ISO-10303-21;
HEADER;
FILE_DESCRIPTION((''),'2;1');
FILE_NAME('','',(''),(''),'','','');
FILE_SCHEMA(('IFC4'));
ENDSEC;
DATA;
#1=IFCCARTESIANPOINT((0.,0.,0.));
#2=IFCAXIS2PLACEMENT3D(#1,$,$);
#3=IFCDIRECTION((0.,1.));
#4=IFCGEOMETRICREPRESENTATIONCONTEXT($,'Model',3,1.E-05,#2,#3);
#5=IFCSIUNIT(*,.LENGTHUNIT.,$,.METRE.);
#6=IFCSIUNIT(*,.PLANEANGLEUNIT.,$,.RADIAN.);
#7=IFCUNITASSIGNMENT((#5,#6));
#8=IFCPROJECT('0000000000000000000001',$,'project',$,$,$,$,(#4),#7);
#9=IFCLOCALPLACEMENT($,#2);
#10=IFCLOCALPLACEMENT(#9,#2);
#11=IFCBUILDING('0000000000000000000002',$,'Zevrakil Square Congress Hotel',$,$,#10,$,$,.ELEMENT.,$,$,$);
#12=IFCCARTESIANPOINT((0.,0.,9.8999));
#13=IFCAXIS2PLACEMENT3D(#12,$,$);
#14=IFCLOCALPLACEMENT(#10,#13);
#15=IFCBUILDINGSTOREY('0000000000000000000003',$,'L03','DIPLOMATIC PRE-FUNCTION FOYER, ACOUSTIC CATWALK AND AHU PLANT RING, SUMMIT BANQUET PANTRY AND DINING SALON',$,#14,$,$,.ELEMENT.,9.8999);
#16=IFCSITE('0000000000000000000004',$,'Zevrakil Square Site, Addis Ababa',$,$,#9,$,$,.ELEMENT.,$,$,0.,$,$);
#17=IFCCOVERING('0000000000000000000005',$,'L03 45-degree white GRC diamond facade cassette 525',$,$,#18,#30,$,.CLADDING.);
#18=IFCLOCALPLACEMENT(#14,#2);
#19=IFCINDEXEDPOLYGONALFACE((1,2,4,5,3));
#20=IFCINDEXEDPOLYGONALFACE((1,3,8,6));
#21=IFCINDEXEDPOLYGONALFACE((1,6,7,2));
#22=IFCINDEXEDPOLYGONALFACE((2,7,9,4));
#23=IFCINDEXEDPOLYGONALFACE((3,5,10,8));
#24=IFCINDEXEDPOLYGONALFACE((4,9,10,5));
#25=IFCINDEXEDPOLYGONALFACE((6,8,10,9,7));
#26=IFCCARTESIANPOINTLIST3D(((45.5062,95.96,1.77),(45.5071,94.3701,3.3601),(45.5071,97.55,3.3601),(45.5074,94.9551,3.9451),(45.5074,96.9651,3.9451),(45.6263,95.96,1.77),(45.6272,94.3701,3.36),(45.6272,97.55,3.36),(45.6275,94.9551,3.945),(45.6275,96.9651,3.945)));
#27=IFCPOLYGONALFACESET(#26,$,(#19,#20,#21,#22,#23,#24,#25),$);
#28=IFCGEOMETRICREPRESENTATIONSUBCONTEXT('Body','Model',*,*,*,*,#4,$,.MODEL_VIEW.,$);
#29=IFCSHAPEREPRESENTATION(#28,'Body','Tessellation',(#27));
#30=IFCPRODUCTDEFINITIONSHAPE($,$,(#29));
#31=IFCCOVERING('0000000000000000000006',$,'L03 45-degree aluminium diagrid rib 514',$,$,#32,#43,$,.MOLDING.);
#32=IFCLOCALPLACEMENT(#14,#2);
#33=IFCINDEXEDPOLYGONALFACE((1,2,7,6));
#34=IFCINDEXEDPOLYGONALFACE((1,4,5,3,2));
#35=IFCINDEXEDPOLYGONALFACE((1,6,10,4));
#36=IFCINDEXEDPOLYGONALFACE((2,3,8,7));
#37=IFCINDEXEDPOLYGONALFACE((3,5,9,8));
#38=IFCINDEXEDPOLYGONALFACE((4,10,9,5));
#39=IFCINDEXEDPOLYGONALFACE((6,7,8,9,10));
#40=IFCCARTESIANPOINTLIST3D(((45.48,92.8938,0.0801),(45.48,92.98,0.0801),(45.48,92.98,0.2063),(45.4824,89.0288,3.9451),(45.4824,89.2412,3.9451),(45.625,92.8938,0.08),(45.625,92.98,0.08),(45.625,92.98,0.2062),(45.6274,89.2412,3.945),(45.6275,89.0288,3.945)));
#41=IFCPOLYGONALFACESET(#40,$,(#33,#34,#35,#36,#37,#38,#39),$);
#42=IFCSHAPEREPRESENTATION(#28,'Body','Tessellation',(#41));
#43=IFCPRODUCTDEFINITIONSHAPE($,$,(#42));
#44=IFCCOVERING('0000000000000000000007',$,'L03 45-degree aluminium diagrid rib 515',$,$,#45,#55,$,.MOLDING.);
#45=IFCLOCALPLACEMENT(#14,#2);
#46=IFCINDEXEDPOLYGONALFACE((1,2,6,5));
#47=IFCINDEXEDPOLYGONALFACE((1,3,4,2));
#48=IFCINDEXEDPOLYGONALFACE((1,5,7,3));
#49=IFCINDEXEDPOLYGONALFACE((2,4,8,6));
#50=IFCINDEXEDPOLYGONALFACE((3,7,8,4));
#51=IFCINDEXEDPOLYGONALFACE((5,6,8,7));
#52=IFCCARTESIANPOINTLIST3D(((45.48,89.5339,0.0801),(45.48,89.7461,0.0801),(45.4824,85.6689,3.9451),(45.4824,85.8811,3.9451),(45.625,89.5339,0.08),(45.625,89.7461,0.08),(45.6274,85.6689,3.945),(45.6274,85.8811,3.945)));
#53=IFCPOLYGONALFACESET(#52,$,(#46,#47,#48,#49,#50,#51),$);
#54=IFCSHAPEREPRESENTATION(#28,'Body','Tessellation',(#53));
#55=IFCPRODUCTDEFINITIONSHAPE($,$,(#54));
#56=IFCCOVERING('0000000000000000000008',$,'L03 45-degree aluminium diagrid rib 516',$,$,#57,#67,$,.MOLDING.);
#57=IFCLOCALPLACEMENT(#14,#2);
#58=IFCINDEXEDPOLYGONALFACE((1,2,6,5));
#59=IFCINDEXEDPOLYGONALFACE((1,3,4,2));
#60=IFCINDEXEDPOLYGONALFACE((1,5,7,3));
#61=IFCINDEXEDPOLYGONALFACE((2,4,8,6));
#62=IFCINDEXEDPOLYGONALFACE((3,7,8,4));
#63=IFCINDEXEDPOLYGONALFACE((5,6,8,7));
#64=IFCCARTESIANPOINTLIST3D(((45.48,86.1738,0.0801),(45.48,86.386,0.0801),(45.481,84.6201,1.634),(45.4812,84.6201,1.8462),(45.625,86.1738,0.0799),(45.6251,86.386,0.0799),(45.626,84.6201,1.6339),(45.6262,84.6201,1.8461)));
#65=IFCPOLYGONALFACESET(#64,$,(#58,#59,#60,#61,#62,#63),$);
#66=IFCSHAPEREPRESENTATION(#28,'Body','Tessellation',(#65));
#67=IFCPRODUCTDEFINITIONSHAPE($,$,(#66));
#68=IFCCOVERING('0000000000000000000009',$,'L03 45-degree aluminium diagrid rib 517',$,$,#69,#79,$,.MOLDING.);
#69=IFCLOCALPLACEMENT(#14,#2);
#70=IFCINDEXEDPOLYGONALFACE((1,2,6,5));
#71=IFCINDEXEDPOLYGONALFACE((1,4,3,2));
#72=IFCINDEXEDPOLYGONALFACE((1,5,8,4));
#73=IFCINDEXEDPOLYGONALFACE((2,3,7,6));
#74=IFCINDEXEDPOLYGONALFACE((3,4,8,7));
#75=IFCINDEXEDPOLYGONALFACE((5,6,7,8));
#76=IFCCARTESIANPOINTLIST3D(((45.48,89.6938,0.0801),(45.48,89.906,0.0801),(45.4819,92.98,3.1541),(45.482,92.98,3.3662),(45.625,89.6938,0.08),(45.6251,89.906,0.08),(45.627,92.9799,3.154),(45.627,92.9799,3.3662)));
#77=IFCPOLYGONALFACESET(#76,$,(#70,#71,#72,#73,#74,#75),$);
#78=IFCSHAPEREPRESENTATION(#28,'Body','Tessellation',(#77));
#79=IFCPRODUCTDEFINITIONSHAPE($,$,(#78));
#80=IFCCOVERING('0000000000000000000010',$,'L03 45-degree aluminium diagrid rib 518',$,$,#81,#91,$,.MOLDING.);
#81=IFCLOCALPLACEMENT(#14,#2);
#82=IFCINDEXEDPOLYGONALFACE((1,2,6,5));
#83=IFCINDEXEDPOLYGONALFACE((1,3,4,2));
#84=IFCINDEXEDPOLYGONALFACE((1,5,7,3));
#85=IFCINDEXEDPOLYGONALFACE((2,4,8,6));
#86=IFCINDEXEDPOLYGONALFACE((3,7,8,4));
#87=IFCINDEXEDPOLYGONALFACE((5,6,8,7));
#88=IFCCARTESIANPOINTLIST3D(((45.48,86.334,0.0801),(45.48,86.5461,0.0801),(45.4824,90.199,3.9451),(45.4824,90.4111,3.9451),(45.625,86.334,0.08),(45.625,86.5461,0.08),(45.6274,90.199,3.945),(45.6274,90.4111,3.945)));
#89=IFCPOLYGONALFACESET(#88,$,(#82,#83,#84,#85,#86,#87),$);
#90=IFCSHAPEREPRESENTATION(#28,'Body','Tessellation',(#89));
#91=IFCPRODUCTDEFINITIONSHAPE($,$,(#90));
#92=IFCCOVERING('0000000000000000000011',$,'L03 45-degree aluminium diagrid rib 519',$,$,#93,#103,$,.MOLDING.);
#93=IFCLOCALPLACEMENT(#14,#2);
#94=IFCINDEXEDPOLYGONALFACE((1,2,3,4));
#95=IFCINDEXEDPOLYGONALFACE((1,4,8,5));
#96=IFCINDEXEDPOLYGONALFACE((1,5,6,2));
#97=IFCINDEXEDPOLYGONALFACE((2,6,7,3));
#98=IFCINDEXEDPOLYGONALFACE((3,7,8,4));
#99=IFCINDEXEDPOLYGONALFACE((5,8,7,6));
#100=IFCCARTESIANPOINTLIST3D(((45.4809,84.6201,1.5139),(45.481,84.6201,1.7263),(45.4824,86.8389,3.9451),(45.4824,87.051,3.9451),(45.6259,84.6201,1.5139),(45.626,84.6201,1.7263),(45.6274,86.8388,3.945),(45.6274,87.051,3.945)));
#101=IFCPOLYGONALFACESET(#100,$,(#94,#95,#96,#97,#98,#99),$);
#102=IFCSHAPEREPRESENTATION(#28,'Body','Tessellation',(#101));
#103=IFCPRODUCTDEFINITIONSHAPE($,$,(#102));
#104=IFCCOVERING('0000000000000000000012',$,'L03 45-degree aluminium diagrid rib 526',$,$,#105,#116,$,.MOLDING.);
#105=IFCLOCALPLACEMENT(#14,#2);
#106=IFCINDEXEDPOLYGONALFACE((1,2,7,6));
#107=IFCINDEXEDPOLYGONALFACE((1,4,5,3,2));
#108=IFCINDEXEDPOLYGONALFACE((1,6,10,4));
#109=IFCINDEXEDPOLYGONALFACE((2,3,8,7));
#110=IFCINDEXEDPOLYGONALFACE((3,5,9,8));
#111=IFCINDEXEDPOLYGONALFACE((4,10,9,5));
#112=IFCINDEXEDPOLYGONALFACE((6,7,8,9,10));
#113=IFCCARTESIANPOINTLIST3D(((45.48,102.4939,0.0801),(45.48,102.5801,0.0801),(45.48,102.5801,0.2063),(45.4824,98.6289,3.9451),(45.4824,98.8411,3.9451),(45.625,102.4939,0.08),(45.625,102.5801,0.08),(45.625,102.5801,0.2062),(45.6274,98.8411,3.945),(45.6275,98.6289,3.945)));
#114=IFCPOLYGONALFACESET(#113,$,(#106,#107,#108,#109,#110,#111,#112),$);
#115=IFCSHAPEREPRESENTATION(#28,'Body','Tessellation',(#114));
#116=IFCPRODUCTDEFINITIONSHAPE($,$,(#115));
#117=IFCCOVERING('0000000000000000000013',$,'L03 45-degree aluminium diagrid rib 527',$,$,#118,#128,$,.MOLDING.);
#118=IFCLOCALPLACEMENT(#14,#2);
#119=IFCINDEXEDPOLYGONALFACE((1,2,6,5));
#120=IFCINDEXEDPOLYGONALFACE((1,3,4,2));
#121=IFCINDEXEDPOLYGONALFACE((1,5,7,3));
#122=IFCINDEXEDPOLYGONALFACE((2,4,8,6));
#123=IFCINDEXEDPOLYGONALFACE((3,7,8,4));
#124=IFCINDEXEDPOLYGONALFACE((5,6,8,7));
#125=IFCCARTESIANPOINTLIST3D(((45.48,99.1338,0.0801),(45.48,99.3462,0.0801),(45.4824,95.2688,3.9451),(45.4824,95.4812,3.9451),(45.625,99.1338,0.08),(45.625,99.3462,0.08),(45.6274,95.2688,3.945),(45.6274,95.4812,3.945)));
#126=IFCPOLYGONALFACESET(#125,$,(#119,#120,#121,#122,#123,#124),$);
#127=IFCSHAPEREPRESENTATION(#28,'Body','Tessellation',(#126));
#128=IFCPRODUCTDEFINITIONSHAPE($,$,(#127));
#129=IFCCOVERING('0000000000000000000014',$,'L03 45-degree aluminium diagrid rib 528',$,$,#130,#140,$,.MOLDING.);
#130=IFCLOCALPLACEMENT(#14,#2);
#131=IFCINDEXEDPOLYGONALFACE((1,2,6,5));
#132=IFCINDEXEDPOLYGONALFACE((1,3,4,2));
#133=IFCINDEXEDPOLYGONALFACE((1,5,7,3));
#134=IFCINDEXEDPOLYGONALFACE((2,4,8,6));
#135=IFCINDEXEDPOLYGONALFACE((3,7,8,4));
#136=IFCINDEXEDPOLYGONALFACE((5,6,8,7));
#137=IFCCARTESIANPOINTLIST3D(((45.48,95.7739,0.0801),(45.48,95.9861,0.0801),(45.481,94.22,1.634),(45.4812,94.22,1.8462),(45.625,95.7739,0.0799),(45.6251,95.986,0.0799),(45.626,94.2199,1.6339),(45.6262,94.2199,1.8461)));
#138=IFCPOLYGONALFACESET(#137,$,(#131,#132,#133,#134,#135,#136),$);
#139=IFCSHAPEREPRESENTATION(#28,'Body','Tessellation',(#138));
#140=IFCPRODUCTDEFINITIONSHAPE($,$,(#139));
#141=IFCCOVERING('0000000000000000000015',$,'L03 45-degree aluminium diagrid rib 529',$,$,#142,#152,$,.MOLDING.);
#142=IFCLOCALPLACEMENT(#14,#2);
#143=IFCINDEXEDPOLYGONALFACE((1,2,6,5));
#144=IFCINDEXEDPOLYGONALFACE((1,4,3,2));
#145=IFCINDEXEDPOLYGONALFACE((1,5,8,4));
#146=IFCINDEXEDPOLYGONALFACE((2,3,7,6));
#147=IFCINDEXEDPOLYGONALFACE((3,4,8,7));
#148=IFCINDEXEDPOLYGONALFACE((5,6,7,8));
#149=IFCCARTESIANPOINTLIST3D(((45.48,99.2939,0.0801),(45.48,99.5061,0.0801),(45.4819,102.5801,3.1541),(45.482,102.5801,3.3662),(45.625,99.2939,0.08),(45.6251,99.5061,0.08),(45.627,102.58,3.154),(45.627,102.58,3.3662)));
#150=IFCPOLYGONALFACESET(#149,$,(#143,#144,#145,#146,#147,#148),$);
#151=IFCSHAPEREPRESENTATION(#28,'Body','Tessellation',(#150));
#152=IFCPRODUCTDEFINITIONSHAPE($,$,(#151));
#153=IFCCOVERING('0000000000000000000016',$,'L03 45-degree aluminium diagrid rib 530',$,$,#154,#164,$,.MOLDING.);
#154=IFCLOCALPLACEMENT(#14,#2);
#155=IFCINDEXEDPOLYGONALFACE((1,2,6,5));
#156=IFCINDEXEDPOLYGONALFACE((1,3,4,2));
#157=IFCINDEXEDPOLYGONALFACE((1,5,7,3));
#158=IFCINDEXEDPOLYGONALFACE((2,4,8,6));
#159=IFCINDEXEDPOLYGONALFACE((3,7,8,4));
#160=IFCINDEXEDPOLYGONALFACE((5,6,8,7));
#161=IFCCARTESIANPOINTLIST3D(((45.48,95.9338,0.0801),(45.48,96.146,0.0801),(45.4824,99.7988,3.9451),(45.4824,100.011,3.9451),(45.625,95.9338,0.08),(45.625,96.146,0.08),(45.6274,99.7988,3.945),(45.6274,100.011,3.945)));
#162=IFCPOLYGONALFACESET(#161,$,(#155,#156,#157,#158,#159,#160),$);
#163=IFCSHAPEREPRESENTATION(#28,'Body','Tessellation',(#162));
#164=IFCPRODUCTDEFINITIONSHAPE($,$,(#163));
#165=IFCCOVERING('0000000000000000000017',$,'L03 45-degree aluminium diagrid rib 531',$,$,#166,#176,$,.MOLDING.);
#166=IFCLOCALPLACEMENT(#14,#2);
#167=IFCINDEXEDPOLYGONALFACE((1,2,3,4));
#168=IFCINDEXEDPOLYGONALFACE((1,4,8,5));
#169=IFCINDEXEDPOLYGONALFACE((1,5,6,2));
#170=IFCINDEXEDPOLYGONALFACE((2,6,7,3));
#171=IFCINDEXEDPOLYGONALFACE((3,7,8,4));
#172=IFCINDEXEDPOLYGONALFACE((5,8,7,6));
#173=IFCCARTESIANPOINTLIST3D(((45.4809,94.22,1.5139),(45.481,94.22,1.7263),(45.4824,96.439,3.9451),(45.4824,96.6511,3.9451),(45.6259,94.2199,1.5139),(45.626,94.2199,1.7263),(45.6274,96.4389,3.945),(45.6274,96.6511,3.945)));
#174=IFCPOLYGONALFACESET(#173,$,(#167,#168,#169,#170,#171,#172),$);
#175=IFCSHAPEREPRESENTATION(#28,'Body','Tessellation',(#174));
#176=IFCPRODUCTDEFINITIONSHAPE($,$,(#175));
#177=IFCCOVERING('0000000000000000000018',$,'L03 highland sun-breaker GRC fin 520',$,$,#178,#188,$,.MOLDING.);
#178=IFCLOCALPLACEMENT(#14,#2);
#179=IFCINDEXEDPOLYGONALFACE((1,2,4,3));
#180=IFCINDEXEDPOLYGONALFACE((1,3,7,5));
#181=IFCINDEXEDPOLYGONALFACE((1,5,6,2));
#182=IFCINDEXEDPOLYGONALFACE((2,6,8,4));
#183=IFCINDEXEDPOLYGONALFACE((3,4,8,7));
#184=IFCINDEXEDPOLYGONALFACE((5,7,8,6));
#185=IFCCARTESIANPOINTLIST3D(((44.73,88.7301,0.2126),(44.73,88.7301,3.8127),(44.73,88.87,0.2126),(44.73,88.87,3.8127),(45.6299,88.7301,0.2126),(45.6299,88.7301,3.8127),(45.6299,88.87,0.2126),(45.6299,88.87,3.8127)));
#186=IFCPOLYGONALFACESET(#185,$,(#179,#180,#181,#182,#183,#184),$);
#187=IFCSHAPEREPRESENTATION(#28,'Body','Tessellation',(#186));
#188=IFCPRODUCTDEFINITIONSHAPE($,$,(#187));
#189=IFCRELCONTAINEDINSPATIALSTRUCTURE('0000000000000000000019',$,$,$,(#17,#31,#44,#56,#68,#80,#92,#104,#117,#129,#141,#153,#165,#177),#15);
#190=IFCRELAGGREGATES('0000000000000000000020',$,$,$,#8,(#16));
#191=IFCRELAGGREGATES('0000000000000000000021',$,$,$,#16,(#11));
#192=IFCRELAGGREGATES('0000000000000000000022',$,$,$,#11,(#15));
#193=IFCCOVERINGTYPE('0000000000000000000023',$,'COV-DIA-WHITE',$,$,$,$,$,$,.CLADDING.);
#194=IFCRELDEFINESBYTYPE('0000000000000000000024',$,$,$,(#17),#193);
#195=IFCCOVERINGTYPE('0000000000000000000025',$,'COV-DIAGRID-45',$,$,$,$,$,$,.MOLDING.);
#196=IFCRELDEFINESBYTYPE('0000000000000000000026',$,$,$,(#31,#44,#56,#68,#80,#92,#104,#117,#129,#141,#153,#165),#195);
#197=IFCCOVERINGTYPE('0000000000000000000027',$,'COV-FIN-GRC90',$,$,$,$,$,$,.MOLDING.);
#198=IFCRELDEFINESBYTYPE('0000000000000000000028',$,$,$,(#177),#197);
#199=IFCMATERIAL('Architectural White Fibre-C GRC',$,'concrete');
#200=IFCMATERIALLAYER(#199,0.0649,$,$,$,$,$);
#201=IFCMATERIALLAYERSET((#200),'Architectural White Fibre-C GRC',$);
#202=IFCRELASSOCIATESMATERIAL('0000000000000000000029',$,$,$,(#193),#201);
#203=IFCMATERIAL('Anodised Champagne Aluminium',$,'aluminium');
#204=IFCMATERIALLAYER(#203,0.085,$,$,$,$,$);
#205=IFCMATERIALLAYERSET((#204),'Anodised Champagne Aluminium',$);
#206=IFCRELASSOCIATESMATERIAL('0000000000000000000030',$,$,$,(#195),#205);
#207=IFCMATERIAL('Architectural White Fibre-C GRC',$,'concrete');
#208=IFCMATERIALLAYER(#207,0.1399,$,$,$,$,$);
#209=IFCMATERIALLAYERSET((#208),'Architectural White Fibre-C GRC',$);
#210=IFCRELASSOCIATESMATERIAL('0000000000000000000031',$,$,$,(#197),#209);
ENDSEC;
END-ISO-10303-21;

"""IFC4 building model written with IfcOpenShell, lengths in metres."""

from ifc_helpers import new_model, si_unit, direction, frame, origin, origin_2d, place, context, subcontext, project, spatial, polyline, rectangle, outline, extrude, material, layer, layer_set, type_object, element, save


model = new_model("IFC4")

# Units and contexts
model_context = context("Model", 3, precision=1e-05, world=origin(), true_north=direction((0.0, 1.0)))
body_context = subcontext(model_context, "Body", "Model", "MODEL_VIEW")
ifc_project = project(units=[si_unit("LENGTHUNIT", "METRE"), si_unit("PLANEANGLEUNIT", "RADIAN")], contexts=[model_context])

# Site, building, storey
site_placement = place(None, origin())
site = spatial("IfcSite", under=ifc_project, at=site_placement, Name="Zevrakil Square Site, Addis Ababa", CompositionType="ELEMENT", RefElevation=0.0)
building_placement = place(site_placement, origin())
building = spatial("IfcBuilding", under=site, at=building_placement, Name="Zevrakil Square Congress Hotel", CompositionType="ELEMENT")
storey_placement = place(building_placement, frame((0.0, 0.0, 9.8999)))
storey = spatial("IfcBuildingStorey", under=building, at=storey_placement, Name="L03", Description="DIPLOMATIC PRE-FUNCTION FOYER, ACOUSTIC CATWALK AND AHU PLANT RING, SUMMIT BANQUET PANTRY AND DINING SALON", CompositionType="ELEMENT", Elevation=9.8999)

# Coverings
ifc_material_1 = material(Name="Architectural White Fibre-C GRC", Category="concrete")
ifc_layer_1 = layer(ifc_material_1, 0.0649)
ifc_layer_set_1 = layer_set([ifc_layer_1], Name="Architectural White Fibre-C GRC")
covering_type_1 = type_object("IfcCoveringType", Name="COV-DIA-WHITE", PredefinedType="CLADDING", material=ifc_layer_set_1)
covering_1_placement = place(storey_placement, frame((45.5071, 94.3701, 3.3601), z_axis=(-1.0, 0.0, 0.00054), x_axis=(-0.000382, 0.707052, -0.707161)))
element("IfcCovering", 1, at=covering_1_placement, inside=storey, type_object=covering_type_1, Name="L03 45-degree white GRC diamond facade cassette 525", PredefinedType="CLADDING", context=body_context, shape_type="SweptSolid", body=[
    extrude(outline(polyline([(0.0, 0.0), (2.2486, 0.0), (2.2484, -2.2487), (1.4211, -2.2487), (-0.0001, -0.8273), (0.0, 0.0)])), origin(), (0.0, 0.0, -1.0), 0.1201),
])
ifc_material_2 = material(Name="Anodised Champagne Aluminium", Category="aluminium")
ifc_layer_2 = layer(ifc_material_2, 0.085)
ifc_layer_set_2 = layer_set([ifc_layer_2], Name="Anodised Champagne Aluminium")
covering_type_2 = type_object("IfcCoveringType", Name="COV-DIAGRID-45", PredefinedType="MOLDING", material=ifc_layer_set_2)
covering_2_placement = place(storey_placement, frame((45.48, 92.8938, 0.0801), z_axis=(-1.0, -0.00019, 0.000448), x_axis=(-0.00019, 1.0, 0.0)))
element("IfcCovering", 2, at=covering_2_placement, inside=storey, type_object=covering_type_2, Name="L03 45-degree aluminium diagrid rib 514", PredefinedType="MOLDING", context=body_context, shape_type="SweptSolid", body=[
    extrude(outline(polyline([(0.0, 0.0), (0.0862, 0.0), (0.0862, -0.1262), (-3.6526, -3.865), (-3.865, -3.865), (0.0, 0.0)])), origin(), (0.0, 0.0, -1.0), 0.145),
])
covering_3_placement = place(storey_placement, frame((45.48, 89.5339, 0.0801), z_axis=(-1.0, 0.0, 0.000632), x_axis=(0.0, 1.0, 0.0)))
element("IfcCovering", 3, at=covering_3_placement, inside=storey, type_object=covering_type_2, Name="L03 45-degree aluminium diagrid rib 515", PredefinedType="MOLDING", context=body_context, shape_type="SweptSolid", body=[
    extrude(outline(polyline([(0.0, 0.0), (0.2122, 0.0), (-3.6528, -3.865), (-3.865, -3.865), (0.0, 0.0)])), origin(), (0.0, 0.0, -1.0), 0.145),
])
covering_4_placement = place(storey_placement, frame((45.48, 86.1738, 0.0801), z_axis=(-1.0, 0.000244, 0.000906), x_axis=(0.000244, 1.0, 0.0)))
element("IfcCovering", 4, at=covering_4_placement, inside=storey, type_object=covering_type_2, Name="L03 45-degree aluminium diagrid rib 516", PredefinedType="MOLDING", context=body_context, shape_type="SweptSolid", body=[
    extrude(outline(polyline([(0.0, 0.0), (0.2122, 0.0), (-1.5537, -1.7661), (-1.5537, -1.554), (0.0, 0.0)])), origin(), (0.0, 0.0, -1.0), 0.145),
])
covering_5_placement = place(storey_placement, frame((45.4819, 92.98, 3.1541), z_axis=(-1.0, 0.000307, 0.000307), x_axis=(0.000307, 0.0, 1.0)))
element("IfcCovering", 5, at=covering_5_placement, inside=storey, type_object=covering_type_2, Name="L03 45-degree aluminium diagrid rib 517", PredefinedType="MOLDING", context=body_context, shape_type="SweptSolid", body=[
    extrude(outline(polyline([(0.0, 0.0), (0.2122, 0.0), (-3.074, -3.2861), (-3.074, -3.074), (0.0, 0.0)])), origin(), (0.0, 0.0, -1.0), 0.145),
])
covering_6_placement = place(storey_placement, frame((45.4824, 90.4111, 3.9451), z_axis=(-1.0, 0.0, 0.000632), x_axis=(0.0, -1.0, 0.0)))
element("IfcCovering", 6, at=covering_6_placement, inside=storey, type_object=covering_type_2, Name="L03 45-degree aluminium diagrid rib 518", PredefinedType="MOLDING", context=body_context, shape_type="SweptSolid", body=[
    extrude(outline(polyline([(0.0, 0.0), (0.2122, 0.0), (4.0771, -3.865), (3.865, -3.865), (0.0, 0.0)])), origin(), (0.0, 0.0, -1.0), 0.145),
])
covering_7_placement = place(storey_placement, frame((45.4824, 87.051, 3.9451), z_axis=(-1.0, 0.000315, 0.000315), x_axis=(-0.000315, -1.0, 0.0)))
element("IfcCovering", 7, at=covering_7_placement, inside=storey, type_object=covering_type_2, Name="L03 45-degree aluminium diagrid rib 519", PredefinedType="MOLDING", context=body_context, shape_type="SweptSolid", body=[
    extrude(outline(polyline([(0.0, 0.0), (0.2122, 0.0), (2.4309, -2.2188), (2.4309, -2.4312), (0.0, 0.0)])), origin(), (0.0, 0.0, -1.0), 0.145),
])
covering_8_placement = place(storey_placement, frame((45.48, 102.4939, 0.0801), z_axis=(-1.0, -0.00019, 0.000448), x_axis=(-0.00019, 1.0, 0.0)))
element("IfcCovering", 8, at=covering_8_placement, inside=storey, type_object=covering_type_2, Name="L03 45-degree aluminium diagrid rib 526", PredefinedType="MOLDING", context=body_context, shape_type="SweptSolid", body=[
    extrude(outline(polyline([(0.0, 0.0), (0.0862, 0.0), (0.0862, -0.1262), (-3.6528, -3.865), (-3.865, -3.865), (0.0, 0.0)])), origin(), (0.0, 0.0, -1.0), 0.145),
])
covering_9_placement = place(storey_placement, frame((45.48, 99.1338, 0.0801), z_axis=(-1.0, 0.0, 0.000632), x_axis=(0.0, 1.0, 0.0)))
element("IfcCovering", 9, at=covering_9_placement, inside=storey, type_object=covering_type_2, Name="L03 45-degree aluminium diagrid rib 527", PredefinedType="MOLDING", context=body_context, shape_type="SweptSolid", body=[
    extrude(outline(polyline([(0.0, 0.0), (0.2124, 0.0), (-3.6526, -3.865), (-3.865, -3.865), (0.0, 0.0)])), origin(), (0.0, 0.0, -1.0), 0.145),
])
covering_10_placement = place(storey_placement, frame((45.48, 95.7739, 0.0801), z_axis=(-1.0, 0.000244, 0.000906), x_axis=(0.000244, 1.0, 0.0)))
element("IfcCovering", 10, at=covering_10_placement, inside=storey, type_object=covering_type_2, Name="L03 45-degree aluminium diagrid rib 528", PredefinedType="MOLDING", context=body_context, shape_type="SweptSolid", body=[
    extrude(outline(polyline([(0.0, 0.0), (0.2122, 0.0), (-1.554, -1.7661), (-1.554, -1.554), (0.0, 0.0)])), origin(), (0.0, 0.0, -1.0), 0.145),
])
covering_11_placement = place(storey_placement, frame((45.4819, 102.5801, 3.1541), z_axis=(-1.0, 0.000307, 0.000307), x_axis=(0.000307, 0.0, 1.0)))
element("IfcCovering", 11, at=covering_11_placement, inside=storey, type_object=covering_type_2, Name="L03 45-degree aluminium diagrid rib 529", PredefinedType="MOLDING", context=body_context, shape_type="SweptSolid", body=[
    extrude(outline(polyline([(0.0, 0.0), (0.2122, 0.0), (-3.074, -3.2861), (-3.074, -3.074), (0.0, 0.0)])), origin(), (0.0, 0.0, -1.0), 0.145),
])
covering_12_placement = place(storey_placement, frame((45.4824, 100.011, 3.9451), z_axis=(-1.0, 0.0, 0.000632), x_axis=(0.0, -1.0, 0.0)))
element("IfcCovering", 12, at=covering_12_placement, inside=storey, type_object=covering_type_2, Name="L03 45-degree aluminium diagrid rib 530", PredefinedType="MOLDING", context=body_context, shape_type="SweptSolid", body=[
    extrude(outline(polyline([(0.0, 0.0), (0.2122, 0.0), (4.0771, -3.865), (3.865, -3.865), (0.0, 0.0)])), origin(), (0.0, 0.0, -1.0), 0.145),
])
covering_13_placement = place(storey_placement, frame((45.4824, 96.6511, 3.9451), z_axis=(-1.0, 0.000315, 0.000315), x_axis=(-0.000315, -1.0, 0.0)))
element("IfcCovering", 13, at=covering_13_placement, inside=storey, type_object=covering_type_2, Name="L03 45-degree aluminium diagrid rib 531", PredefinedType="MOLDING", context=body_context, shape_type="SweptSolid", body=[
    extrude(outline(polyline([(0.0, 0.0), (0.2122, 0.0), (2.4312, -2.2188), (2.4312, -2.4312), (0.0, 0.0)])), origin(), (0.0, 0.0, -1.0), 0.145),
])
ifc_material_3 = material(Name="Architectural White Fibre-C GRC", Category="concrete")
ifc_layer_3 = layer(ifc_material_3, 0.1399)
ifc_layer_set_3 = layer_set([ifc_layer_3], Name="Architectural White Fibre-C GRC")
covering_type_3 = type_object("IfcCoveringType", Name="COV-FIN-GRC90", PredefinedType="MOLDING", material=ifc_layer_set_3)
for number, where, z_axis, x_axis, name in (
    (14, (45.1799, 88.8, 0.2126), (0.0, 0.0, 1.0), (-1.0, 0.0, 0.0), "L03 highland sun-breaker GRC fin 520"),
):
    element("IfcCovering", number, at=place(storey_placement, frame(where, z_axis=z_axis, x_axis=x_axis)), inside=storey, type_object=covering_type_3, Name=name, PredefinedType="MOLDING", context=body_context, shape_type="SweptSolid", body=[
        extrude(rectangle(XDim=0.8999, YDim=0.1399, at=origin_2d()), origin(), (0.0, 0.0, 1.0), 3.6001),
    ])

save(model, "model.ifc")
